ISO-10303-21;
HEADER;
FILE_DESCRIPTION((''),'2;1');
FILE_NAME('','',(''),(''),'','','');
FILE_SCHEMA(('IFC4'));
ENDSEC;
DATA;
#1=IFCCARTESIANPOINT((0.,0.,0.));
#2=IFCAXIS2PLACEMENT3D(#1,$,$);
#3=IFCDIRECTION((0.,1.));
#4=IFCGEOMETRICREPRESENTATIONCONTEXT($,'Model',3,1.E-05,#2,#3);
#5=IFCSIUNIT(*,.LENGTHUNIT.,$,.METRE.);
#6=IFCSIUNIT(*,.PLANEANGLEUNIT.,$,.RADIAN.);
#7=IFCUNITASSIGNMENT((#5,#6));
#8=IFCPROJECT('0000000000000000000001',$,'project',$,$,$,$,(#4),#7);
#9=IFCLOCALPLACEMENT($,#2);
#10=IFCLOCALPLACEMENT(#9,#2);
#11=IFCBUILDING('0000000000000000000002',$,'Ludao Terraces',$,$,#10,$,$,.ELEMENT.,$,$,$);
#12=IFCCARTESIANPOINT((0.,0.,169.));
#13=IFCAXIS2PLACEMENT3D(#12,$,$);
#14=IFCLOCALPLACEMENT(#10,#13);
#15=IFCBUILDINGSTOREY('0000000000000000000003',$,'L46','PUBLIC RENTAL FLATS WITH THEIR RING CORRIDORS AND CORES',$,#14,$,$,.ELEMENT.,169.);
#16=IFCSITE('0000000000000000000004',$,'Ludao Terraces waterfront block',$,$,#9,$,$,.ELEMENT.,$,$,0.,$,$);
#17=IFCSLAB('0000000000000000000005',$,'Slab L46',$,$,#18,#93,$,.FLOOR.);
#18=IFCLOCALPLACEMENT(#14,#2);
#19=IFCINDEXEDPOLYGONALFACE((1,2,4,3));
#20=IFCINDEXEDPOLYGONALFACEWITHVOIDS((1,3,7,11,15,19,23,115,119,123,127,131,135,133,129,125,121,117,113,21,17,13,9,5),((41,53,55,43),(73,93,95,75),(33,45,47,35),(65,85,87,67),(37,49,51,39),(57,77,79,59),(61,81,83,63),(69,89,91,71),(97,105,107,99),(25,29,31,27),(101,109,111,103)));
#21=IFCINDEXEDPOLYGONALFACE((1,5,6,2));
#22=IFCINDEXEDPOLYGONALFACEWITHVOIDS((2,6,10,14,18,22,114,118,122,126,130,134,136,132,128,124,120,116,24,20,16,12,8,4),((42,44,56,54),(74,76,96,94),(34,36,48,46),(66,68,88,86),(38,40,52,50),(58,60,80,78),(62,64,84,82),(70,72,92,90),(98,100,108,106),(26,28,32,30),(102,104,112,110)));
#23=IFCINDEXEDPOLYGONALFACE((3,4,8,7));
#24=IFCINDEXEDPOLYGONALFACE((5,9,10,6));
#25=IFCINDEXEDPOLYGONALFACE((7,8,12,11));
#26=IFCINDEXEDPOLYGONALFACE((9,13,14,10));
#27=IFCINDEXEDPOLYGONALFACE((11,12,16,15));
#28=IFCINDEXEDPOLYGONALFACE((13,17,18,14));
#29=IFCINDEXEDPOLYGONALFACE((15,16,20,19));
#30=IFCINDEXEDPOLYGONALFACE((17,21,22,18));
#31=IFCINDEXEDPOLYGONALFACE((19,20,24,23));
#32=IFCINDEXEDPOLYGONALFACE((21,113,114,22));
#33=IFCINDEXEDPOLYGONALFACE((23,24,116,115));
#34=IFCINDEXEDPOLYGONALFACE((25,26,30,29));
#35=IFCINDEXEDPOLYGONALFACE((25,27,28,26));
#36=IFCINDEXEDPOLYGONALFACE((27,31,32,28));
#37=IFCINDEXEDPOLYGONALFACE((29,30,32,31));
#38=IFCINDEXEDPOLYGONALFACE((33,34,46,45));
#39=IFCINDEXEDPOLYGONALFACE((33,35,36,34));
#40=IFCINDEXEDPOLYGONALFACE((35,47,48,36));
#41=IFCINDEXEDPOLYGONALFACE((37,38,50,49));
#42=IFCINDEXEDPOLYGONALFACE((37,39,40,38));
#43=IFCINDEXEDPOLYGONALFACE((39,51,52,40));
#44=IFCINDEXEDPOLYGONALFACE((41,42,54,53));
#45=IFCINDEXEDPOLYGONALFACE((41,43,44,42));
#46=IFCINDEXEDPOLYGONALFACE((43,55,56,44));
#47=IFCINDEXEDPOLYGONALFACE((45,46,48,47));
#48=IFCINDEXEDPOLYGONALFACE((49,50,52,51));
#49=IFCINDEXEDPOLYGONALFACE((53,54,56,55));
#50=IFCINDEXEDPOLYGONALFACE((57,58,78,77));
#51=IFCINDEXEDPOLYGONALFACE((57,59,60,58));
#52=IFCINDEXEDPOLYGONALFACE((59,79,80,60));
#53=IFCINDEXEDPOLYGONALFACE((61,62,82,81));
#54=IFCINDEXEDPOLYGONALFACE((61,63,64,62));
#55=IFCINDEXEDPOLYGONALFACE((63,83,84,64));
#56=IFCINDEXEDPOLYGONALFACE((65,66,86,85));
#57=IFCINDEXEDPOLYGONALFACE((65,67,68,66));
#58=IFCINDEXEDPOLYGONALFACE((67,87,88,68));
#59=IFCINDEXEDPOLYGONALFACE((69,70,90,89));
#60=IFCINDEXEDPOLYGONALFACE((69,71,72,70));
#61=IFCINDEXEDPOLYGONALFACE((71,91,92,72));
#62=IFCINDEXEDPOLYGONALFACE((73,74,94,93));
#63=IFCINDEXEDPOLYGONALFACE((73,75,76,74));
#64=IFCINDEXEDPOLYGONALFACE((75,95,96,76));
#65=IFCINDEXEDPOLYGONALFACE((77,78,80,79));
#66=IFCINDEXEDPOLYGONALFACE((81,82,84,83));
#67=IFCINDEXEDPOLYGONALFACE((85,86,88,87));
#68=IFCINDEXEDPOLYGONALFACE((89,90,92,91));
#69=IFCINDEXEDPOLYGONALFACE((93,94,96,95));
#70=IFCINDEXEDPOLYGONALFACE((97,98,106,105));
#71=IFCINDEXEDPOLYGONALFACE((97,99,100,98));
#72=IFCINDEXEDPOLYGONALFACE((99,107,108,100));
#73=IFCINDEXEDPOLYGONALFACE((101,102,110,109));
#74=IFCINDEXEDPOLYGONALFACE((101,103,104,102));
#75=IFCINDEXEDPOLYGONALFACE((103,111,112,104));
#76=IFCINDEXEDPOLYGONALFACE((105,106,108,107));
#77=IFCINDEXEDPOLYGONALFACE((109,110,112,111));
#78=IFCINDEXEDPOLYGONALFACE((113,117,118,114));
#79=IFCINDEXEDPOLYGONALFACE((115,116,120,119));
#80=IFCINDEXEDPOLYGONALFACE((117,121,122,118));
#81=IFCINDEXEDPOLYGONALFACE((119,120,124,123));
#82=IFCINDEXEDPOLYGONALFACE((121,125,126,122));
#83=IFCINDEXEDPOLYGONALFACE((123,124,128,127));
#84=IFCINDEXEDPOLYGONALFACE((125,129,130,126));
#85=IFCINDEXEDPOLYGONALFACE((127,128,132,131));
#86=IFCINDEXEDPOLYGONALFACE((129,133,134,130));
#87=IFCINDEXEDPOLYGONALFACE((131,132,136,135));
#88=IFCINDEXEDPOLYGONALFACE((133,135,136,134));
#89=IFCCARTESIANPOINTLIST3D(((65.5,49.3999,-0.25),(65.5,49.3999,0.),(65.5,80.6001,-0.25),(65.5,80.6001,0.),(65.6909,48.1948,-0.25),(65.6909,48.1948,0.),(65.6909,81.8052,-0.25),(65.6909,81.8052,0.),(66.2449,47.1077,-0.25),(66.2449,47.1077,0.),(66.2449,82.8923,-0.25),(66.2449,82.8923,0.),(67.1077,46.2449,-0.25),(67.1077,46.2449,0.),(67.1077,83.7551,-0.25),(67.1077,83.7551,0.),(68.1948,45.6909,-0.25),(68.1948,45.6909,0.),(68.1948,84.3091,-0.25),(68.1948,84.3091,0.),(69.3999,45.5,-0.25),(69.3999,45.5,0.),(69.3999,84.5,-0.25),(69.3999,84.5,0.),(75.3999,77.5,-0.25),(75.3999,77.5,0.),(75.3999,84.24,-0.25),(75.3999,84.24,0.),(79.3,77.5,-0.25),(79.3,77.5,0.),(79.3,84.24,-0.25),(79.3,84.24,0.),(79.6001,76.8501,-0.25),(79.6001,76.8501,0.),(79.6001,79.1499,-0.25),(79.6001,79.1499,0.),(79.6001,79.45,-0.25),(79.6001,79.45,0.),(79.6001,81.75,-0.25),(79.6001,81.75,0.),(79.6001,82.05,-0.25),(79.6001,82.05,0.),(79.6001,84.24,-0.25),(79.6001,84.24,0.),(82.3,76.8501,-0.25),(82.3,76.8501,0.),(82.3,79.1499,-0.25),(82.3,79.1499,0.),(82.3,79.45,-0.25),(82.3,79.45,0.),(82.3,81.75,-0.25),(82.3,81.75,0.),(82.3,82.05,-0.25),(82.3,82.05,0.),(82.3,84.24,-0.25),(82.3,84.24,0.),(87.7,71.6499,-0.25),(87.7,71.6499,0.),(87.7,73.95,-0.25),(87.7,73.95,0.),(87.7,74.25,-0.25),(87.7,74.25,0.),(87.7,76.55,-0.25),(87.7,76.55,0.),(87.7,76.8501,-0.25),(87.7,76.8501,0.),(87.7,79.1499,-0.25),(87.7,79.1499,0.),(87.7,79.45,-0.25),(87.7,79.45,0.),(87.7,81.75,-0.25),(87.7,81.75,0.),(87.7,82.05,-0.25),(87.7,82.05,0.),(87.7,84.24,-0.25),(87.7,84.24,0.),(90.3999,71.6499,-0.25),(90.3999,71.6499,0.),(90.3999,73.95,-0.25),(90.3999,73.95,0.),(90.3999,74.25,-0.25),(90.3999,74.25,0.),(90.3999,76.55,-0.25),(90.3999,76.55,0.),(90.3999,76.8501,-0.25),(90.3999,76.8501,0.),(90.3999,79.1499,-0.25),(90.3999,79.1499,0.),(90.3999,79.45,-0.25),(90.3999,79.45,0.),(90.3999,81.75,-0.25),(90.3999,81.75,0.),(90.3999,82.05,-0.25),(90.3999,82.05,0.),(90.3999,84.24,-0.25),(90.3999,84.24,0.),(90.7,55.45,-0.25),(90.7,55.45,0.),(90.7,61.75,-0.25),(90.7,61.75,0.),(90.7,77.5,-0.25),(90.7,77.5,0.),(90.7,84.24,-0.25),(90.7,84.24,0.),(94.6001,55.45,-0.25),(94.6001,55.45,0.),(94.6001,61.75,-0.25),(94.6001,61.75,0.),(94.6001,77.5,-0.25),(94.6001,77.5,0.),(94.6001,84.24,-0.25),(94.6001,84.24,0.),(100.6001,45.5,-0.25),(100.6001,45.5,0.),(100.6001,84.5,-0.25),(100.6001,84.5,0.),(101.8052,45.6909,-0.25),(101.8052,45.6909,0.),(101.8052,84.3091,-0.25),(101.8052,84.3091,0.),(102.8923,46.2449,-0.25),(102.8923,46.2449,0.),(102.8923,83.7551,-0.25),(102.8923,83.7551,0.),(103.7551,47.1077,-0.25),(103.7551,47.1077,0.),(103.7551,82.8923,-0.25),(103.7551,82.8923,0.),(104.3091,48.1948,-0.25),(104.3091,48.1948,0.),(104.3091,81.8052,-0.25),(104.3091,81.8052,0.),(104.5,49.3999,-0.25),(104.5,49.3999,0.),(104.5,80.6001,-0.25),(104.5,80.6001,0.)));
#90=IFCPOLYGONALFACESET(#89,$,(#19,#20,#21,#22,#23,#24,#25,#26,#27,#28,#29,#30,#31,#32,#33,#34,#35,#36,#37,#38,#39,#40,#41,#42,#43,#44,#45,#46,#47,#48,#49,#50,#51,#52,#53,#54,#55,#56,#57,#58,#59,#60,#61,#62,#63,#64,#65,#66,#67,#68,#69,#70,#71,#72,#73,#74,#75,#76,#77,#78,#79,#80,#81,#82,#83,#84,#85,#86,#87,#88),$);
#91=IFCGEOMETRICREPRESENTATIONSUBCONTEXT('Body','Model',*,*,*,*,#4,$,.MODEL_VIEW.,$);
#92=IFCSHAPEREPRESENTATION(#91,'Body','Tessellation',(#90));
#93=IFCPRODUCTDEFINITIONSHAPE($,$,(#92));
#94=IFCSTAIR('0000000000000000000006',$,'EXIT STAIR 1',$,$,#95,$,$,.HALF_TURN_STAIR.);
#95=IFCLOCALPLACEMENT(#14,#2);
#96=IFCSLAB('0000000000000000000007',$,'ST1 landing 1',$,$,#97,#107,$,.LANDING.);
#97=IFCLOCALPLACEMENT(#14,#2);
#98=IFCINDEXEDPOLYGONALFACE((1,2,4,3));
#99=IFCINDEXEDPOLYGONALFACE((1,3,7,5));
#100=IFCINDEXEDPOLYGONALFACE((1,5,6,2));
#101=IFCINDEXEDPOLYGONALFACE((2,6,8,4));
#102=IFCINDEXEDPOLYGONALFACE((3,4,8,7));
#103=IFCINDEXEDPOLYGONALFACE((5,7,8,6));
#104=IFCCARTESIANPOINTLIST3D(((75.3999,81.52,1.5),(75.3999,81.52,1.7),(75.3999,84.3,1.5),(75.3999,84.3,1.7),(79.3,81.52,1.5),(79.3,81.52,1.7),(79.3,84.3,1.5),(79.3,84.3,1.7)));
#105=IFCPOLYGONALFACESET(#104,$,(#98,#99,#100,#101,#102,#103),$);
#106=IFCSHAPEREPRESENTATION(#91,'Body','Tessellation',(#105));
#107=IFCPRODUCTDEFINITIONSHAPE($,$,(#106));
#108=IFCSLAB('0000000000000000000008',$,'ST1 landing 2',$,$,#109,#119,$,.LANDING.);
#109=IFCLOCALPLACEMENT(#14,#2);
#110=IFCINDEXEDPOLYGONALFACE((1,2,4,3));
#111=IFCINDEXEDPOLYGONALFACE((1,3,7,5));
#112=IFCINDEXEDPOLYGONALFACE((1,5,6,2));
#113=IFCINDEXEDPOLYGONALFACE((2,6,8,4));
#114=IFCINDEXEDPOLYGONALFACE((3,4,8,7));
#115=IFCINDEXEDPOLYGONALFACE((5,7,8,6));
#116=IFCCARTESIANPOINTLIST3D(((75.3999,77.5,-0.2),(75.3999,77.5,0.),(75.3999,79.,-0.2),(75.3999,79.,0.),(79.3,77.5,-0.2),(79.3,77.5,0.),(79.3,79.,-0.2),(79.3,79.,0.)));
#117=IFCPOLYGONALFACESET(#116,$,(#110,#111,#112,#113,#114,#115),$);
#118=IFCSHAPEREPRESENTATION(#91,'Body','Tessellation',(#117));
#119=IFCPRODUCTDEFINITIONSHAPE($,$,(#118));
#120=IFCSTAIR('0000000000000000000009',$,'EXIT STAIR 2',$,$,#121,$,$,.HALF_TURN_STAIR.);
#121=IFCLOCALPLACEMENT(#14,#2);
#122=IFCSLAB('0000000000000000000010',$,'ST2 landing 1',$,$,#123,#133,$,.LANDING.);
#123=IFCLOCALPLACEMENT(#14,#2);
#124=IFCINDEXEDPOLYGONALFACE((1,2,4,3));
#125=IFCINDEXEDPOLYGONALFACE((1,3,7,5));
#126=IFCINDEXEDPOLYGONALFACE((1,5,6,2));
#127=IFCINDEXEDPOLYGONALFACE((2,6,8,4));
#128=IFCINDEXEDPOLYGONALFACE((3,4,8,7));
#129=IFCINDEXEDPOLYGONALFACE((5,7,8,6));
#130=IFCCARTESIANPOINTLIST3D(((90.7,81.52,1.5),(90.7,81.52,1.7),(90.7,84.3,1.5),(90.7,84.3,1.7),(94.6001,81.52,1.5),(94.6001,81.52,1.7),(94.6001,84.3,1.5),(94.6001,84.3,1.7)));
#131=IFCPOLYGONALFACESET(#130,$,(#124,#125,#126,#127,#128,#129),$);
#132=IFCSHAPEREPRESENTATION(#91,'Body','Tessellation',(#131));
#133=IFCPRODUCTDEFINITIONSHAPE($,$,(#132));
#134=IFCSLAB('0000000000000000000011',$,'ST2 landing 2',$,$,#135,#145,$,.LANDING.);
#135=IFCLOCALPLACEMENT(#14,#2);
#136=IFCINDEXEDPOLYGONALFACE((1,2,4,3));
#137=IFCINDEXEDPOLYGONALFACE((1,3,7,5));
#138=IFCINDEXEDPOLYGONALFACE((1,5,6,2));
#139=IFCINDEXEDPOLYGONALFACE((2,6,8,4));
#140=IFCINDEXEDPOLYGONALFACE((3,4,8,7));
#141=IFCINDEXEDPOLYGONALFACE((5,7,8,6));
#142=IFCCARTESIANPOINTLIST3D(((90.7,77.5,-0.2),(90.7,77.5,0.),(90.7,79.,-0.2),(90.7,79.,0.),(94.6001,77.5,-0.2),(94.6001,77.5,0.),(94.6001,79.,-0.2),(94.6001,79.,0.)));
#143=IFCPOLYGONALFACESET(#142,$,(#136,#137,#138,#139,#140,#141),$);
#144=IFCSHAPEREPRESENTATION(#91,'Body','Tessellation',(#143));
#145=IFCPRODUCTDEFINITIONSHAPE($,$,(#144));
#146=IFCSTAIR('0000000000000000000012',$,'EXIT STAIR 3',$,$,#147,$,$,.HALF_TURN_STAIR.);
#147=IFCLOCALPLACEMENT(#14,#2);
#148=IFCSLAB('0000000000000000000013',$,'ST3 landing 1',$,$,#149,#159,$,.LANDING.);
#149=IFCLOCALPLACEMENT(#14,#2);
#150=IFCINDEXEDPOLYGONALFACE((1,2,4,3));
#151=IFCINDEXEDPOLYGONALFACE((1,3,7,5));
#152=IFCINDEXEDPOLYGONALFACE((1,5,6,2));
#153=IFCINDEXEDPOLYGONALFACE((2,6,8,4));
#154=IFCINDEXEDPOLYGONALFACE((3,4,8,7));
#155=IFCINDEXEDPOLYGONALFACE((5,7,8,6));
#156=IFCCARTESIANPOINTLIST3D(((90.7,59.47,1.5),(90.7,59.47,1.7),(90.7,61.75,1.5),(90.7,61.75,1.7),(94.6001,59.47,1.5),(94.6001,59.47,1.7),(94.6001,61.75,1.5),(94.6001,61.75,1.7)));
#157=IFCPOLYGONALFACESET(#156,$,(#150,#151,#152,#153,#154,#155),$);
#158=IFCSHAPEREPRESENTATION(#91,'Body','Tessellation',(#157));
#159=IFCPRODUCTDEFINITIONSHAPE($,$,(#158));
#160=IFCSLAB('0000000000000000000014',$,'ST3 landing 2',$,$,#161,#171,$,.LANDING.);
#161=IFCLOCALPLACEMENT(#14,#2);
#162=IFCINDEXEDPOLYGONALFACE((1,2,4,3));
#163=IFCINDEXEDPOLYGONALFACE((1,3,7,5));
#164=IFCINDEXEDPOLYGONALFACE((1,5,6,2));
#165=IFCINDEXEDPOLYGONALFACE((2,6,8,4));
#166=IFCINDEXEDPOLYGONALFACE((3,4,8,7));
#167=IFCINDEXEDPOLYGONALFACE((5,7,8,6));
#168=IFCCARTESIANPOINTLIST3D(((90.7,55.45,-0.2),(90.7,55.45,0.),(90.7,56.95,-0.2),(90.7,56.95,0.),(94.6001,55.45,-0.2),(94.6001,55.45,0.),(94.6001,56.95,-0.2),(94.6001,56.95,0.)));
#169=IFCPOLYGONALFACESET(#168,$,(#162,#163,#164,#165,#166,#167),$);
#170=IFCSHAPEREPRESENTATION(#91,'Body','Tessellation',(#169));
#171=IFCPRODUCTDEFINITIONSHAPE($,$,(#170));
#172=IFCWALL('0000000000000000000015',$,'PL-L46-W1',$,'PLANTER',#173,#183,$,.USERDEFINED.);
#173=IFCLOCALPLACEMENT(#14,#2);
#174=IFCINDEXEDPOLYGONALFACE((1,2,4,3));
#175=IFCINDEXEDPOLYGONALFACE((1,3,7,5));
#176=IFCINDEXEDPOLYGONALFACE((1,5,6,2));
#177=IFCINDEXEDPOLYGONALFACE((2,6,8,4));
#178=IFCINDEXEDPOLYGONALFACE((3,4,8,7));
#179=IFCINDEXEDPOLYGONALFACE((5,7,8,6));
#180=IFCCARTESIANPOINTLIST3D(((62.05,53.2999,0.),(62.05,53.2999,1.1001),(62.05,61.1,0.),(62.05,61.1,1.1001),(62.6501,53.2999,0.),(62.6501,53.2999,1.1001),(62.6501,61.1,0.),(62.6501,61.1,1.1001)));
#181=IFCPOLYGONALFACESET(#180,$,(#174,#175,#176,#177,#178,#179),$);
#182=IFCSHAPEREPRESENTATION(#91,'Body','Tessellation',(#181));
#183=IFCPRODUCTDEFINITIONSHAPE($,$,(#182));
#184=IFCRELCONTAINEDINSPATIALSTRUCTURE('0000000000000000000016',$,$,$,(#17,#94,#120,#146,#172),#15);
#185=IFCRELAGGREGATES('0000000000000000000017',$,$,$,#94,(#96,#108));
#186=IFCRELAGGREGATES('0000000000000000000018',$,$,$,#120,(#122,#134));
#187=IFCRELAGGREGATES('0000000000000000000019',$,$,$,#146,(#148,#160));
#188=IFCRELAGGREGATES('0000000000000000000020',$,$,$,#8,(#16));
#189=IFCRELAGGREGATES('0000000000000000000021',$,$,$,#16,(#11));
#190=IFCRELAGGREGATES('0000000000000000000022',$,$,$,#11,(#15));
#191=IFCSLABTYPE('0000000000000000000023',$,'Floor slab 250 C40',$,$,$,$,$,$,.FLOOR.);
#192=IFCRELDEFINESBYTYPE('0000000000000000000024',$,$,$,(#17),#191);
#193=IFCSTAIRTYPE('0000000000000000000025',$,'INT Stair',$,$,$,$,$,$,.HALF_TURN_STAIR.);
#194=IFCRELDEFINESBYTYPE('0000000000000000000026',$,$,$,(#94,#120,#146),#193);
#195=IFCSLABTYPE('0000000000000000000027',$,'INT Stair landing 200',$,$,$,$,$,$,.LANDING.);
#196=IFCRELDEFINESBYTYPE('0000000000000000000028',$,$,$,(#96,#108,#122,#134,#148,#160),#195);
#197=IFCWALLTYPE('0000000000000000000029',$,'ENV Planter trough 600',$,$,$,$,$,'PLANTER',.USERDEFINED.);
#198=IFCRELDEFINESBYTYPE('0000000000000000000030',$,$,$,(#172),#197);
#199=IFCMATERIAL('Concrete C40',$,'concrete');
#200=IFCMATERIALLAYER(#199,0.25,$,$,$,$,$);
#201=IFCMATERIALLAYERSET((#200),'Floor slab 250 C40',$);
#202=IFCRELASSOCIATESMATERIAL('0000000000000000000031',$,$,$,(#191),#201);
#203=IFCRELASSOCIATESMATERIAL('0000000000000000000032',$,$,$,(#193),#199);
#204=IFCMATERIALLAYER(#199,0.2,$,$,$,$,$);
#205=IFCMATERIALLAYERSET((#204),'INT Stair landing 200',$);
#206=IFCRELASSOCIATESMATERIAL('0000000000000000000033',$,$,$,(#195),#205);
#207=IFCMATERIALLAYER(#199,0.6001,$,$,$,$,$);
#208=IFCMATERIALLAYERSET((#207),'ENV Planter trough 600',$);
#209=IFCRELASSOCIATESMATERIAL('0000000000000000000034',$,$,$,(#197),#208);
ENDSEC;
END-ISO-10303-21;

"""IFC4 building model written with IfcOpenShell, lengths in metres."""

from ifc_helpers import new_model, si_unit, direction, frame, frame_2d, origin, place, context, subcontext, project, spatial, polyline, rectangle, outline, extrude, material, layer, layer_set, type_object, element, aggregate, save


model = new_model("IFC4")

# Units and contexts
model_context = context("Model", 3, precision=1e-05, world=origin(), true_north=direction((0.0, 1.0)))
body_context = subcontext(model_context, "Body", "Model", "MODEL_VIEW")
ifc_project = project(units=[si_unit("LENGTHUNIT", "METRE"), si_unit("PLANEANGLEUNIT", "RADIAN")], contexts=[model_context])

# Site, building, storey
site_placement = place(None, origin())
site = spatial("IfcSite", under=ifc_project, at=site_placement, Name="Ludao Terraces waterfront block", CompositionType="ELEMENT", RefElevation=0.0)
building_placement = place(site_placement, origin())
building = spatial("IfcBuilding", under=site, at=building_placement, Name="Ludao Terraces", CompositionType="ELEMENT")
storey_placement = place(building_placement, frame((0.0, 0.0, 169.0)))
storey = spatial("IfcBuildingStorey", under=building, at=storey_placement, Name="L46", Description="PUBLIC RENTAL FLATS WITH THEIR RING CORRIDORS AND CORES", CompositionType="ELEMENT", Elevation=169.0)

# Shared definitions
ifc_material_1 = material(Name="Concrete C40", Category="concrete")

# Slab
ifc_layer_1 = layer(ifc_material_1, 0.25)
ifc_layer_set_1 = layer_set([ifc_layer_1], Name="Floor slab 250 C40")
slab_type_1 = type_object("IfcSlabType", Name="Floor slab 250 C40", PredefinedType="FLOOR", material=ifc_layer_set_1)
slab_1_placement = place(storey_placement, frame((0.0, 0.0, -0.25)))
element("IfcSlab", 1, at=slab_1_placement, inside=storey, type_object=slab_type_1, Name="Slab L46", PredefinedType="FLOOR", context=body_context, shape_type="SweptSolid", body=[
    extrude(outline(polyline([(100.6001, 45.5), (101.8052, 45.6909), (102.8923, 46.2449), (103.7551, 47.1077), (104.3091, 48.1948), (104.5, 49.3999), (104.5, 80.6001), (104.3091, 81.8052), (103.7551, 82.8923), (102.8923, 83.7551), (101.8052, 84.3091), (100.6001, 84.5), (69.3999, 84.5), (68.1948, 84.3091), (67.1077, 83.7551), (66.2449, 82.8923), (65.6909, 81.8052), (65.5, 80.6001), (65.5, 49.3999), (65.6909, 48.1948), (66.2449, 47.1077), (67.1077, 46.2449), (68.1948, 45.6909), (69.3999, 45.5), (100.6001, 45.5)]), holes=[polyline([(79.6001, 76.8501), (82.3, 76.8501), (82.3, 79.1499), (79.6001, 79.1499), (79.6001, 76.8501)]), polyline([(79.6001, 79.45), (82.3, 79.45), (82.3, 81.75), (79.6001, 81.75), (79.6001, 79.45)]), polyline([(79.6001, 82.05), (82.3, 82.05), (82.3, 84.24), (79.6001, 84.24), (79.6001, 82.05)]), polyline([(87.7, 71.6499), (90.3999, 71.6499), (90.3999, 73.95), (87.7, 73.95), (87.7, 71.6499)]), polyline([(87.7, 74.25), (90.3999, 74.25), (90.3999, 76.55), (87.7, 76.55), (87.7, 74.25)]), polyline([(87.7, 76.8501), (90.3999, 76.8501), (90.3999, 79.1499), (87.7, 79.1499), (87.7, 76.8501)]), polyline([(87.7, 79.45), (90.3999, 79.45), (90.3999, 81.75), (87.7, 81.75), (87.7, 79.45)]), polyline([(87.7, 82.05), (90.3999, 82.05), (90.3999, 84.24), (87.7, 84.24), (87.7, 82.05)]), polyline([(75.3999, 77.5), (79.3, 77.5), (79.3, 84.24), (75.3999, 84.24), (75.3999, 77.5)]), polyline([(90.7, 77.5), (94.6001, 77.5), (94.6001, 84.24), (90.7, 84.24), (90.7, 77.5)]), polyline([(90.7, 55.45), (94.6001, 55.45), (94.6001, 61.75), (90.7, 61.75), (90.7, 55.45)])]), origin(), (0.0, 0.0, 1.0), 0.25),
])

# Stairs, slabs
stair_type = type_object("IfcStairType", Name="INT Stair", PredefinedType="HALF_TURN_STAIR", material=ifc_material_1)
stair_1_placement = place(storey_placement, origin())
stair_1 = element("IfcStair", 2, at=stair_1_placement, inside=storey, type_object=stair_type, Name="EXIT STAIR 1", PredefinedType="HALF_TURN_STAIR")
ifc_layer_2 = layer(ifc_material_1, 0.2)
ifc_layer_set_2 = layer_set([ifc_layer_2], Name="INT Stair landing 200")
slab_type_2 = type_object("IfcSlabType", Name="INT Stair landing 200", PredefinedType="LANDING", material=ifc_layer_set_2)
slab_2_placement = place(storey_placement, frame((0.0, 0.0, 1.5)))
slab_2 = element("IfcSlab", 3, at=slab_2_placement, type_object=slab_type_2, Name="ST1 landing 1", PredefinedType="LANDING", context=body_context, shape_type="SweptSolid", body=[
    extrude(outline(polyline([(75.3999, 81.52), (79.3, 81.52), (79.3, 84.3), (75.3999, 84.3), (75.3999, 81.52)])), origin(), (0.0, 0.0, 1.0), 0.2),
])
slab_3_placement = place(storey_placement, frame((0.0, 0.0, -0.2)))
slab_3 = element("IfcSlab", 4, at=slab_3_placement, type_object=slab_type_2, Name="ST1 landing 2", PredefinedType="LANDING", context=body_context, shape_type="SweptSolid", body=[
    extrude(outline(polyline([(75.3999, 77.5), (79.3, 77.5), (79.3, 79.0), (75.3999, 79.0), (75.3999, 77.5)])), origin(), (0.0, 0.0, 1.0), 0.2),
])
aggregate(stair_1, [slab_2, slab_3])
stair_2_placement = place(storey_placement, origin())
stair_2 = element("IfcStair", 5, at=stair_2_placement, inside=storey, type_object=stair_type, Name="EXIT STAIR 2", PredefinedType="HALF_TURN_STAIR")
slab_4_placement = place(storey_placement, frame((0.0, 0.0, 1.5)))
slab_4 = element("IfcSlab", 6, at=slab_4_placement, type_object=slab_type_2, Name="ST2 landing 1", PredefinedType="LANDING", context=body_context, shape_type="SweptSolid", body=[
    extrude(outline(polyline([(90.7, 81.52), (94.6001, 81.52), (94.6001, 84.3), (90.7, 84.3), (90.7, 81.52)])), origin(), (0.0, 0.0, 1.0), 0.2),
])
slab_5_placement = place(storey_placement, frame((0.0, 0.0, -0.2)))
slab_5 = element("IfcSlab", 7, at=slab_5_placement, type_object=slab_type_2, Name="ST2 landing 2", PredefinedType="LANDING", context=body_context, shape_type="SweptSolid", body=[
    extrude(outline(polyline([(90.7, 77.5), (94.6001, 77.5), (94.6001, 79.0), (90.7, 79.0), (90.7, 77.5)])), origin(), (0.0, 0.0, 1.0), 0.2),
])
aggregate(stair_2, [slab_4, slab_5])
stair_3_placement = place(storey_placement, origin())
stair_3 = element("IfcStair", 8, at=stair_3_placement, inside=storey, type_object=stair_type, Name="EXIT STAIR 3", PredefinedType="HALF_TURN_STAIR")
slab_6_placement = place(storey_placement, frame((0.0, 0.0, 1.5)))
slab_6 = element("IfcSlab", 9, at=slab_6_placement, type_object=slab_type_2, Name="ST3 landing 1", PredefinedType="LANDING", context=body_context, shape_type="SweptSolid", body=[
    extrude(outline(polyline([(90.7, 59.47), (94.6001, 59.47), (94.6001, 61.75), (90.7, 61.75), (90.7, 59.47)])), origin(), (0.0, 0.0, 1.0), 0.2),
])
slab_7_placement = place(storey_placement, frame((0.0, 0.0, -0.2)))
slab_7 = element("IfcSlab", 10, at=slab_7_placement, type_object=slab_type_2, Name="ST3 landing 2", PredefinedType="LANDING", context=body_context, shape_type="SweptSolid", body=[
    extrude(outline(polyline([(90.7, 55.45), (94.6001, 55.45), (94.6001, 56.95), (90.7, 56.95), (90.7, 55.45)])), origin(), (0.0, 0.0, 1.0), 0.2),
])
aggregate(stair_3, [slab_6, slab_7])

# Wall
ifc_layer_3 = layer(ifc_material_1, 0.6001)
ifc_layer_set_3 = layer_set([ifc_layer_3], Name="ENV Planter trough 600")
wall_type = type_object("IfcWallType", Name="ENV Planter trough 600", ElementType="PLANTER", PredefinedType="USERDEFINED", material=ifc_layer_set_3)
wall_1_placement = place(storey_placement, frame((62.3501, 53.3, 0.0), z_axis=(0.0, 0.0, 1.0), x_axis=(0.0, 1.0, 0.0)))
element("IfcWall", 11, at=wall_1_placement, inside=storey, type_object=wall_type, Name="PL-L46-W1", ObjectType="PLANTER", PredefinedType="USERDEFINED", context=body_context, shape_type="SweptSolid", body=[
    extrude(rectangle(XDim=7.8, YDim=0.6001, at=frame_2d((3.8999, 0.0))), origin(), (0.0, 0.0, 1.0), 1.1001),
])

save(model, "model.ifc")
